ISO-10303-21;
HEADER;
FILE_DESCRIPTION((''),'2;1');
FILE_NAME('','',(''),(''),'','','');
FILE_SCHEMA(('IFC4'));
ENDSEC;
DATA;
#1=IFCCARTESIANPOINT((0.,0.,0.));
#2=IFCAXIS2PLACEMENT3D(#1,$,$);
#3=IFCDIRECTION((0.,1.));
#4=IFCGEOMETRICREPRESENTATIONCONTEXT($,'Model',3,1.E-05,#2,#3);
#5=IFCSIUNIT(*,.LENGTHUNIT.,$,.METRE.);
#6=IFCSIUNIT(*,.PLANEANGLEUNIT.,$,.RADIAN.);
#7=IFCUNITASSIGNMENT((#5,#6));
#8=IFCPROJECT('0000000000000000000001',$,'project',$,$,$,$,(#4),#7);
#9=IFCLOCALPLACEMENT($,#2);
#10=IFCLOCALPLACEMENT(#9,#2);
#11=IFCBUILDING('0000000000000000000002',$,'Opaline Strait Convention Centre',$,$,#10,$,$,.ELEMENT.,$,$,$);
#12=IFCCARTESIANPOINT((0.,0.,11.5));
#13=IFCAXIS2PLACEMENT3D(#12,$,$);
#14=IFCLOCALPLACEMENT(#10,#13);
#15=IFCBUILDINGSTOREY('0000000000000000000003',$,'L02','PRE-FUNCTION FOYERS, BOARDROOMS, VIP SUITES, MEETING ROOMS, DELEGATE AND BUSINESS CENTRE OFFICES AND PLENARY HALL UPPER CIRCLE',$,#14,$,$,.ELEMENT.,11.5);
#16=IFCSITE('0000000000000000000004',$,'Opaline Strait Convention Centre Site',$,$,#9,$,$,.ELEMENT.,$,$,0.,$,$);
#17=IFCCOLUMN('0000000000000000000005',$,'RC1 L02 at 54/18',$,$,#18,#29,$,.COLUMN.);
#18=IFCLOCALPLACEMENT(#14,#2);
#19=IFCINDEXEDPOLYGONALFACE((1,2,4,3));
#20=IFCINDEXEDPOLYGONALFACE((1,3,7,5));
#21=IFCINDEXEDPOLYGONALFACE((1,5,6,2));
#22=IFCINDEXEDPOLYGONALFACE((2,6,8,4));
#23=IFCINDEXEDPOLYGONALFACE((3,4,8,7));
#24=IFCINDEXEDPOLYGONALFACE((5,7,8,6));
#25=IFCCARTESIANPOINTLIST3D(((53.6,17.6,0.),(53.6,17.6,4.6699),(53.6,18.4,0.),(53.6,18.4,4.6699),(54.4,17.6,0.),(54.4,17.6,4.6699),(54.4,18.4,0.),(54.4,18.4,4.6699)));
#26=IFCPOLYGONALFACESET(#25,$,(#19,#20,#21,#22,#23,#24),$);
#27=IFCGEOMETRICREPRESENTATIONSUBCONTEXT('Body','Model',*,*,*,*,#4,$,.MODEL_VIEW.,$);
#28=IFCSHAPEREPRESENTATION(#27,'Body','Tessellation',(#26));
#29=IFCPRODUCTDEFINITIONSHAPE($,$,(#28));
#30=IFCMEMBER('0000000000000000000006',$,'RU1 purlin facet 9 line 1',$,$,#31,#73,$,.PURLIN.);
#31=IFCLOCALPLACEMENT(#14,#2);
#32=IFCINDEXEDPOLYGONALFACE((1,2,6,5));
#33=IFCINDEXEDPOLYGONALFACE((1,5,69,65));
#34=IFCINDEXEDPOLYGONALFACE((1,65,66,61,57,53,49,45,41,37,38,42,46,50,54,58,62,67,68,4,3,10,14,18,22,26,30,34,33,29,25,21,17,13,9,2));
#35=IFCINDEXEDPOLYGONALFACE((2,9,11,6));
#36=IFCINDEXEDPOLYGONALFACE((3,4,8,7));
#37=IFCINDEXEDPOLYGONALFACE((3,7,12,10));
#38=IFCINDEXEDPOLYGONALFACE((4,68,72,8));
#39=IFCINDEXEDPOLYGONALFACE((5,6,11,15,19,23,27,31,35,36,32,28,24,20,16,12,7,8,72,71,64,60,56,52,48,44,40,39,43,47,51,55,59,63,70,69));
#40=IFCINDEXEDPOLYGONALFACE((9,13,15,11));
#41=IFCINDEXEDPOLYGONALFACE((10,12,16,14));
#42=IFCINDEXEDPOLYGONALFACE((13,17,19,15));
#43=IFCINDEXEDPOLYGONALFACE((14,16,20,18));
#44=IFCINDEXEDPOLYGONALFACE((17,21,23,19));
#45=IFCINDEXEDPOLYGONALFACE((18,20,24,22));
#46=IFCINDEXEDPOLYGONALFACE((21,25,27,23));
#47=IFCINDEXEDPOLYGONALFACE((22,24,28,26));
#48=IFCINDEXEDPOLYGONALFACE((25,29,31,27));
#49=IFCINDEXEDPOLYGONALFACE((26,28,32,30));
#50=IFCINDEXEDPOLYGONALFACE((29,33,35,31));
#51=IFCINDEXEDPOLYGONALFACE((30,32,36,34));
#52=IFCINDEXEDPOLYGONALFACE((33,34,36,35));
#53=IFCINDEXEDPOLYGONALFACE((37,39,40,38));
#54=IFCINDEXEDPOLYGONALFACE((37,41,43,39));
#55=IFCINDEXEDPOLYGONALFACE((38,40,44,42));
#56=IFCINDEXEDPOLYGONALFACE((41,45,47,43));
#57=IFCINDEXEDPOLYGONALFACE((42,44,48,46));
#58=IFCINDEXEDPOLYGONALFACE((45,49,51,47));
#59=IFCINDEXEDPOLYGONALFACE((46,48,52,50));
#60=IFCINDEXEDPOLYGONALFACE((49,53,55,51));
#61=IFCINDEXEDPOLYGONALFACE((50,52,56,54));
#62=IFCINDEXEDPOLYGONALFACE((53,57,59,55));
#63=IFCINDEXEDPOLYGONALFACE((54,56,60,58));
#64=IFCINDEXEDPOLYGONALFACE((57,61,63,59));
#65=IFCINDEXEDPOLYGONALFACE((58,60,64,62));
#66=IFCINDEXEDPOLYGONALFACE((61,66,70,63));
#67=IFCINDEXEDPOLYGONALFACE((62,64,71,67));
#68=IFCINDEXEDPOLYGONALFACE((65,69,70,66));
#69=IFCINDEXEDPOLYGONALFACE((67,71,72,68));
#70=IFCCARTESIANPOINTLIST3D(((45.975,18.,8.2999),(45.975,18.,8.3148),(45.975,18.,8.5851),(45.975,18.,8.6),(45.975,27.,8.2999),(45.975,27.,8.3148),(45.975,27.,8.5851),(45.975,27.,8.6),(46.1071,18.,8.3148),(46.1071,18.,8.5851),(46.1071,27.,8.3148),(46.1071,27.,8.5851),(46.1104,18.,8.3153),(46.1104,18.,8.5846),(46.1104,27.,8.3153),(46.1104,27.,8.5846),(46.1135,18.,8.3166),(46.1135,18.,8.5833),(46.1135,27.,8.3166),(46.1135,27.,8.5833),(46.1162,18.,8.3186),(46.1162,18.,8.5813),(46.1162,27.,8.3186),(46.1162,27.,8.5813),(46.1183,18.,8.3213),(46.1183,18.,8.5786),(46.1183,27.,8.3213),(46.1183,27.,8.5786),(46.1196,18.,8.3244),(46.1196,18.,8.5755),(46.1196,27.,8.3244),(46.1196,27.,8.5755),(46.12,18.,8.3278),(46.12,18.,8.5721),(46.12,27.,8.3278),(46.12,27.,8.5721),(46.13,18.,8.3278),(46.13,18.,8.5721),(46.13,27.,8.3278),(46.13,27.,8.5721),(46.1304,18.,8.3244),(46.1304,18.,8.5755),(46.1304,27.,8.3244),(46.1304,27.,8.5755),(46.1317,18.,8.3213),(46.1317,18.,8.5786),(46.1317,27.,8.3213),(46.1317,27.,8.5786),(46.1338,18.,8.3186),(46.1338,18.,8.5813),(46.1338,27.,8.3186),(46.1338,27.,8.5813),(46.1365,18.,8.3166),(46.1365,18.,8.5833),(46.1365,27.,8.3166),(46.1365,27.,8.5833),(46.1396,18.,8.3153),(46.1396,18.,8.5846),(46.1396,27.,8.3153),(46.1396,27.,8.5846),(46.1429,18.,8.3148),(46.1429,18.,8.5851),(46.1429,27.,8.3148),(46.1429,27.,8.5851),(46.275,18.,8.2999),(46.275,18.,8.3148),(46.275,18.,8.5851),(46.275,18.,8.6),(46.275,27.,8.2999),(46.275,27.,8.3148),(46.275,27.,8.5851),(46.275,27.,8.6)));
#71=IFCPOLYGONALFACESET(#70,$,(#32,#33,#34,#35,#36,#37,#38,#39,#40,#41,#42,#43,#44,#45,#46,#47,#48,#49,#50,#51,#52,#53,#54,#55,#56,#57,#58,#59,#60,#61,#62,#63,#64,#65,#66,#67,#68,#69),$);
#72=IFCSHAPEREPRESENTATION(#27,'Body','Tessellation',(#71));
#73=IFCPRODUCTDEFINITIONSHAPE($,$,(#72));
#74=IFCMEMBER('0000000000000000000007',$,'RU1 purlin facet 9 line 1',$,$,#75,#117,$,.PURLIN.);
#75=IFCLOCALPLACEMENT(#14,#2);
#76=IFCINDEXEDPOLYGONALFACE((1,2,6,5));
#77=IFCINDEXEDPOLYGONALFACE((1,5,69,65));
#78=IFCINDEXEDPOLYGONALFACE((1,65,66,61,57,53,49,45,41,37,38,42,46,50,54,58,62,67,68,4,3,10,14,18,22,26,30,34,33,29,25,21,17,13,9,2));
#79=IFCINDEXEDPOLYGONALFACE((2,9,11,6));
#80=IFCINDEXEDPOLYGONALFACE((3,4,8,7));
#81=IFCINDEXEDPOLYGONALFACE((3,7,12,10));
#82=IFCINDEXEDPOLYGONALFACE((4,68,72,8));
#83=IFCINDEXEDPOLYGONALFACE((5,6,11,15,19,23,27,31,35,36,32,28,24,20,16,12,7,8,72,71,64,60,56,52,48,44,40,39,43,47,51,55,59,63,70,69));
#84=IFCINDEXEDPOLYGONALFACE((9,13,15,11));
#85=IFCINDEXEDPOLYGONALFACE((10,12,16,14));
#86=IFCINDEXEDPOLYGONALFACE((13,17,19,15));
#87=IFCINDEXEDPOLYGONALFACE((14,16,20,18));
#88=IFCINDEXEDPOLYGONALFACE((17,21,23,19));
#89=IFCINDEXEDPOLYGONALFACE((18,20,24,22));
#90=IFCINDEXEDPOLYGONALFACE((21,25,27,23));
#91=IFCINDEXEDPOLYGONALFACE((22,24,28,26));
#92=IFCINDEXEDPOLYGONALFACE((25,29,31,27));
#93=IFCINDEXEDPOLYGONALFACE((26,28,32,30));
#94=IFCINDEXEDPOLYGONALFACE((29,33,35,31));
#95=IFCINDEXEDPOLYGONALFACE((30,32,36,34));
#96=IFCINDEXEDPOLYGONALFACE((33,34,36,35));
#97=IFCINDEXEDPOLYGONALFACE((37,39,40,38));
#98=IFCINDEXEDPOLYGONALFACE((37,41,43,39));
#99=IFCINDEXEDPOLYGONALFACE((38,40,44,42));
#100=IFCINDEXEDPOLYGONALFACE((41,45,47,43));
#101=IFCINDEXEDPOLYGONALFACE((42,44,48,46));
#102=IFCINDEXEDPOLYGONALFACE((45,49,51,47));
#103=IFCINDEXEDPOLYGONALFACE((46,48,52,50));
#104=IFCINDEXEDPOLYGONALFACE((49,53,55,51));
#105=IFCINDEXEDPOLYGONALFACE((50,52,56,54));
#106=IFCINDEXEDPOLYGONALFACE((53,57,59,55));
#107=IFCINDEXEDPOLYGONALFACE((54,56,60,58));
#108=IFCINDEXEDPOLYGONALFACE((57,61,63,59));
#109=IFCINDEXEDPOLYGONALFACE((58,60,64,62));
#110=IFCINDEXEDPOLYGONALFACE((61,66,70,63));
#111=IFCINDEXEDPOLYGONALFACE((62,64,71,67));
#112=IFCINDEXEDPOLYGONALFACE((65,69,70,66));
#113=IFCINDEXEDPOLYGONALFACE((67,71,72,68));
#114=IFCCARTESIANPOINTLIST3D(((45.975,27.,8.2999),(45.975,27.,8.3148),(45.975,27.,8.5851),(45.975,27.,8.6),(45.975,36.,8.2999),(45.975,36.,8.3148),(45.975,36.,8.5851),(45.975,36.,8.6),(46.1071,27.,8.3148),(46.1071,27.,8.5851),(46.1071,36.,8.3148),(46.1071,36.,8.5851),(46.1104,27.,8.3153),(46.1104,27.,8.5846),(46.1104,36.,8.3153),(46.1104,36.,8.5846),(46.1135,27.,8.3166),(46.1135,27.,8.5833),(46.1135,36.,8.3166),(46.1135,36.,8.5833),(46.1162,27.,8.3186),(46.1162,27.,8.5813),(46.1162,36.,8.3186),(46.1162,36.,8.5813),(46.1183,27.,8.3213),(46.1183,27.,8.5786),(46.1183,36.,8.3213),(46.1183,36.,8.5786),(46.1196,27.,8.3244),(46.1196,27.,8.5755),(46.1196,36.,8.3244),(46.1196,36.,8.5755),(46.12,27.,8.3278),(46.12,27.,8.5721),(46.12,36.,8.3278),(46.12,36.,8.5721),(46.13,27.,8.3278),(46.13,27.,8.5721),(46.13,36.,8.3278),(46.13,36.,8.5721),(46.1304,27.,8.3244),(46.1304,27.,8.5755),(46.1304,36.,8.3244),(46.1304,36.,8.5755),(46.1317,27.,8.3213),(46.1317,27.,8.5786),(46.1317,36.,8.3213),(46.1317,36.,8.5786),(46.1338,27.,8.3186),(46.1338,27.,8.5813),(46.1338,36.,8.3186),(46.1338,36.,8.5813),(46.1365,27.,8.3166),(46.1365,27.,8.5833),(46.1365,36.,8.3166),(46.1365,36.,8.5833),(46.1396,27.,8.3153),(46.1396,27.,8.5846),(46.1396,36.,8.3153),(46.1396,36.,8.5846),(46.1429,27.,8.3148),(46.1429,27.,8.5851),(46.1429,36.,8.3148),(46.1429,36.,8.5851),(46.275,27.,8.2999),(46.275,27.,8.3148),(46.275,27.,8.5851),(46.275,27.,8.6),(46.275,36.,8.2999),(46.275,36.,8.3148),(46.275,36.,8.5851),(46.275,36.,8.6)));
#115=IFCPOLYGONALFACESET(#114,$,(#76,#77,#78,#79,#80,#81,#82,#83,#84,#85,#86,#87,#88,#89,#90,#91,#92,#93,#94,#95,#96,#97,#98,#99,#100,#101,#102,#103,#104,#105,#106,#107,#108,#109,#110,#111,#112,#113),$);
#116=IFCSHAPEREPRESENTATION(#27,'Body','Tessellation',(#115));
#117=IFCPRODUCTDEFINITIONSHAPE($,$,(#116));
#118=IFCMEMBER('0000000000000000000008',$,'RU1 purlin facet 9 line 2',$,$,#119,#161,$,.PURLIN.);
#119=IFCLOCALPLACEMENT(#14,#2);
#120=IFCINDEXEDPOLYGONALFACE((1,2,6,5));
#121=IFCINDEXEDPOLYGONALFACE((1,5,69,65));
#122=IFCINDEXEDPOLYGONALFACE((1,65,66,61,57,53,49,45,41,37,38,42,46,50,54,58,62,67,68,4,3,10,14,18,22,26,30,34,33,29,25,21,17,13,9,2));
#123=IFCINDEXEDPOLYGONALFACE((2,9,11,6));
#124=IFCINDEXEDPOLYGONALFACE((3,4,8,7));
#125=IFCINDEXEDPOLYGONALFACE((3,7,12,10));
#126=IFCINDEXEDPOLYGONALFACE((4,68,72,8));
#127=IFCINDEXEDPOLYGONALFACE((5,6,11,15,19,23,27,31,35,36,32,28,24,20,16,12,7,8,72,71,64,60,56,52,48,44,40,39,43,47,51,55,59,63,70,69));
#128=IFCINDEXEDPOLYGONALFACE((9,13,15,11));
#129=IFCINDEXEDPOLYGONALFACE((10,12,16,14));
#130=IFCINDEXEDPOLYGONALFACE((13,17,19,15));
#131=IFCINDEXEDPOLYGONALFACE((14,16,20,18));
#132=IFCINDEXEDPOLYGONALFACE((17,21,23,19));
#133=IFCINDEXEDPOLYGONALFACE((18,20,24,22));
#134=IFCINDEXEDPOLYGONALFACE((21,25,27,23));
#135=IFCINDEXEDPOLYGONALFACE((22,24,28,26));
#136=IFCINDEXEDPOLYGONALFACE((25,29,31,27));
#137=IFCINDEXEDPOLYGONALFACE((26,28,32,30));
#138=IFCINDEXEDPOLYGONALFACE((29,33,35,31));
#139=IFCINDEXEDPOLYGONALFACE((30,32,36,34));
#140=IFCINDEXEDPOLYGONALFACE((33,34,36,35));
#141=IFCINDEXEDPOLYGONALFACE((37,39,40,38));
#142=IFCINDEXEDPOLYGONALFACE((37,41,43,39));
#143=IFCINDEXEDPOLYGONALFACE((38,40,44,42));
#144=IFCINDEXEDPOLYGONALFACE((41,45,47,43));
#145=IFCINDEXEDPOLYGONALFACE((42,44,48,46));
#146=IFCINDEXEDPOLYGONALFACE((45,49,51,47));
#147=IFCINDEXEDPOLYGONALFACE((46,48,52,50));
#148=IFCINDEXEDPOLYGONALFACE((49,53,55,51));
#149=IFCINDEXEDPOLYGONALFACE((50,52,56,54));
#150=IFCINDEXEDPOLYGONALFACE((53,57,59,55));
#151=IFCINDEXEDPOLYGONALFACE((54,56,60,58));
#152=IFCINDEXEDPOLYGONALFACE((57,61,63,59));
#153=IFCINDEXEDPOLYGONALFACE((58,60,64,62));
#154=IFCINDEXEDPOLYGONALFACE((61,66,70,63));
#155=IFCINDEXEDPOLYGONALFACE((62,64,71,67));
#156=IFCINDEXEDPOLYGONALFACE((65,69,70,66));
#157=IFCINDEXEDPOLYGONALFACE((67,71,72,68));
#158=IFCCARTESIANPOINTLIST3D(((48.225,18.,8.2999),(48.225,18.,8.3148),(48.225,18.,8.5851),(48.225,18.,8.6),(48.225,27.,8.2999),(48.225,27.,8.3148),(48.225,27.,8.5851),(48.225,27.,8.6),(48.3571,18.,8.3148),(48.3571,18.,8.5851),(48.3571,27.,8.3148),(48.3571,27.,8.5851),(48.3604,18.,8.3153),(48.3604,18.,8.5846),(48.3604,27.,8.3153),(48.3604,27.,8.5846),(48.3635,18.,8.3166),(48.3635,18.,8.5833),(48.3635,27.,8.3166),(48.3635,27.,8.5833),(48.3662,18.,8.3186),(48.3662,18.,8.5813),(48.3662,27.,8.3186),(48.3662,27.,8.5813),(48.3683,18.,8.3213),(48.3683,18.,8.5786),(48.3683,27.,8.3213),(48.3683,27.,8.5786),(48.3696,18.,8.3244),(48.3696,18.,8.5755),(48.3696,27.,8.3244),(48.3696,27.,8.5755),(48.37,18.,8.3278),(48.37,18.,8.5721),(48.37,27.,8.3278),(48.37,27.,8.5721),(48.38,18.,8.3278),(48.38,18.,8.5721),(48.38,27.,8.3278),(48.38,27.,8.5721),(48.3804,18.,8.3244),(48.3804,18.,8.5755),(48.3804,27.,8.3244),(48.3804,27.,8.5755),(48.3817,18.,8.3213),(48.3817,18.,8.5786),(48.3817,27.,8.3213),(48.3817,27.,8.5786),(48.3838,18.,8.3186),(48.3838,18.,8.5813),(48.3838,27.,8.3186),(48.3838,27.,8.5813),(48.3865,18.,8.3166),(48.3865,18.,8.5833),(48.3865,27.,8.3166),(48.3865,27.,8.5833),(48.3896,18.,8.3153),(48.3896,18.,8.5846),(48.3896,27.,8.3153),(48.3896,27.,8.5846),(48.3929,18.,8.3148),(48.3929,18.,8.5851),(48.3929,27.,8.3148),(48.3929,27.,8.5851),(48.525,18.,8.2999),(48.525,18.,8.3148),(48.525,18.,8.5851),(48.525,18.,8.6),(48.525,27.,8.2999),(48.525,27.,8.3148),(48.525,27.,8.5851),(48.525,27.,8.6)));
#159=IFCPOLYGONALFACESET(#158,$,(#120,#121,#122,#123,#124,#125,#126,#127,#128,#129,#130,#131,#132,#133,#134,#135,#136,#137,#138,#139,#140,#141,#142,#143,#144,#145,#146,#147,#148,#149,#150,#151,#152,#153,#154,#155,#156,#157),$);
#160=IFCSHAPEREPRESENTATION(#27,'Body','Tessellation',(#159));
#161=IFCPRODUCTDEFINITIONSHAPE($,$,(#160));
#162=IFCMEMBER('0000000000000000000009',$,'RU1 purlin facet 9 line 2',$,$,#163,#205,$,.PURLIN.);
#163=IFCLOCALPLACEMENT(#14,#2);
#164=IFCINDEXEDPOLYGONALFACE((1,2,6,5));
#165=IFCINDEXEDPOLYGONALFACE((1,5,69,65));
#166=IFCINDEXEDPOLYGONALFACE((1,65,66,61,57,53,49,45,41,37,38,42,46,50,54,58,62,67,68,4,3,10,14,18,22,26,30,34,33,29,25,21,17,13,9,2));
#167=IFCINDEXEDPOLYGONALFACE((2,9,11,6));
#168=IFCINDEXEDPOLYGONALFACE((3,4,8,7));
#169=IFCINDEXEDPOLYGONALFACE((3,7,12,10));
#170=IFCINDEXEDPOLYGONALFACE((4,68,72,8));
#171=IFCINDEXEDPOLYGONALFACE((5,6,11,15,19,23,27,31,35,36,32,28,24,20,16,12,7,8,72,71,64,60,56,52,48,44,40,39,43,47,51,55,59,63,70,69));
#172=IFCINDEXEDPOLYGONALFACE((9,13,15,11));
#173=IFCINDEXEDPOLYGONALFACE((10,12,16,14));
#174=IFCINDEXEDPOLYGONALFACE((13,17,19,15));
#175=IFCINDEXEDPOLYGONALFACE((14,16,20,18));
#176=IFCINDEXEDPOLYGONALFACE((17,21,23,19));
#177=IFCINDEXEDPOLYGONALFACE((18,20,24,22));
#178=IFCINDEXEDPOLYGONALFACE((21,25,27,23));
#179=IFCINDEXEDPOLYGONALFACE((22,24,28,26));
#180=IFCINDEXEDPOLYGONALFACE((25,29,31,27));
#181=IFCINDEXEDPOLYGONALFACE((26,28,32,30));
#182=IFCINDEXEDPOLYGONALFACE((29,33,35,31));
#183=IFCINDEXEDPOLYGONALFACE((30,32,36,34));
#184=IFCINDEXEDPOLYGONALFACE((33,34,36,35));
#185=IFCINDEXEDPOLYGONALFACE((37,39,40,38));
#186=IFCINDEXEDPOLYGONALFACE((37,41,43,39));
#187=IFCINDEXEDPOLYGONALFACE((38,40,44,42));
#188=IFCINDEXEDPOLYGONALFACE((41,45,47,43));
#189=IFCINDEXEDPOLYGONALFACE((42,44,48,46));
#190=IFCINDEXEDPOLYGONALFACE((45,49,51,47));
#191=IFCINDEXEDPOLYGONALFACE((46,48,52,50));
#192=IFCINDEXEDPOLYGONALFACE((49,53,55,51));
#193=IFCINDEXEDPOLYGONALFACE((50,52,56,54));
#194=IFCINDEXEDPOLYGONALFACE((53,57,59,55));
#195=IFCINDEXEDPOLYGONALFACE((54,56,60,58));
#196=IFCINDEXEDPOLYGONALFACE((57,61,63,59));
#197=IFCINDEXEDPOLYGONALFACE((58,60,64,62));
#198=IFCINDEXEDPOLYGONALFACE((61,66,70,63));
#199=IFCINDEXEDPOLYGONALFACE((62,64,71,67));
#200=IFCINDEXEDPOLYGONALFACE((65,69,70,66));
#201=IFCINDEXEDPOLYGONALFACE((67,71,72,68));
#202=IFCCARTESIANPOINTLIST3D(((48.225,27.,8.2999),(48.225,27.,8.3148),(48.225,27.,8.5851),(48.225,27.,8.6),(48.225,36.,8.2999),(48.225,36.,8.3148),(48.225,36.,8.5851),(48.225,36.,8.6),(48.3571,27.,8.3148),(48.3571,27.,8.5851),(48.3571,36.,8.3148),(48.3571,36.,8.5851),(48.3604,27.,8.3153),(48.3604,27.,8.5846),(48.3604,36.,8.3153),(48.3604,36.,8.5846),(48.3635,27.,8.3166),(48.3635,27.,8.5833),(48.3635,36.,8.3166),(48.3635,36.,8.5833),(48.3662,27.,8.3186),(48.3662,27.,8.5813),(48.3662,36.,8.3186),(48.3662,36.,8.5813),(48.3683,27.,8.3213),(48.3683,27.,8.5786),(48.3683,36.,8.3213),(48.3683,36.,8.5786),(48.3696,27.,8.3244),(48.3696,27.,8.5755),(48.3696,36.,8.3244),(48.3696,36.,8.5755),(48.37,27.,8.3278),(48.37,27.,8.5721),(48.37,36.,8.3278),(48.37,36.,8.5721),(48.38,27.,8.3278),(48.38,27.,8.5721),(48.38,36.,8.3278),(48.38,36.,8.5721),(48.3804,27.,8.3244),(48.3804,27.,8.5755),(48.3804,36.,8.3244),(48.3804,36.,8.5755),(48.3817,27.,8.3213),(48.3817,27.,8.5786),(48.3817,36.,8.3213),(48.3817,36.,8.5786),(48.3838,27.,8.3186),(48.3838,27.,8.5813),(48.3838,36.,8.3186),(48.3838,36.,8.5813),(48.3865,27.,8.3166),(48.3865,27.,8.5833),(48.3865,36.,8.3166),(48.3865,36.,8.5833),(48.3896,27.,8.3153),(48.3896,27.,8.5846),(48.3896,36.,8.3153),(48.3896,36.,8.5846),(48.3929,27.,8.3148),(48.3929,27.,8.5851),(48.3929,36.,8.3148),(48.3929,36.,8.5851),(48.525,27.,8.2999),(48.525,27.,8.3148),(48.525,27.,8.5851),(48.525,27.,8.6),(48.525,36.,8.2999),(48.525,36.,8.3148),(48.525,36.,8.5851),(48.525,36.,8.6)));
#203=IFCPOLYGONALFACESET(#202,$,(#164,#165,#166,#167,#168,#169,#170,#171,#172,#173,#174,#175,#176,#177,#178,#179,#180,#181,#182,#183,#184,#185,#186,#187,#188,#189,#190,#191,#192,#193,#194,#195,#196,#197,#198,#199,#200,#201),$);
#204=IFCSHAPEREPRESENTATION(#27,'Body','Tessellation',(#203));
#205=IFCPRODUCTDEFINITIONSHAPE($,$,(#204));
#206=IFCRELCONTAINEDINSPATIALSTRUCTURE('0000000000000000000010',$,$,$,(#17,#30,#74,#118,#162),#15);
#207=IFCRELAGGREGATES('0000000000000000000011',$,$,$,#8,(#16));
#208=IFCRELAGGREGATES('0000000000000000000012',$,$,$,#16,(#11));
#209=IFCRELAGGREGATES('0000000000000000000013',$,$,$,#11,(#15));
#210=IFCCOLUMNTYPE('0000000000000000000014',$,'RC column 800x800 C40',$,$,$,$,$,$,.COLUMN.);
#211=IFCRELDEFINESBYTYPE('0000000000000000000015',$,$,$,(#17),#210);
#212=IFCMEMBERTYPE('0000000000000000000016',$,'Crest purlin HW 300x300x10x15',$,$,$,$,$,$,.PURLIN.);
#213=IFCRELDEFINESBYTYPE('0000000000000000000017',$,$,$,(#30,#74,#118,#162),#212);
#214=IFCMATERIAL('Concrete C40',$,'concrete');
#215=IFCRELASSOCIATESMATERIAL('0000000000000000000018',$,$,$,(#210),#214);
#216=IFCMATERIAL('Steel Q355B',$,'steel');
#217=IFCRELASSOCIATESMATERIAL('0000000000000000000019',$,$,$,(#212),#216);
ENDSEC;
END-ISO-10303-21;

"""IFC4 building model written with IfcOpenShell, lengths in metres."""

from ifc_helpers import new_model, si_unit, direction, frame, origin, origin_2d, place, context, subcontext, project, spatial, rectangle, i_section, extrude, material, material_profile, profile_set, type_object, element, save


model = new_model("IFC4")

# Units and contexts
model_context = context("Model", 3, precision=1e-05, world=origin(), true_north=direction((0.0, 1.0)))
body_context = subcontext(model_context, "Body", "Model", "MODEL_VIEW")
ifc_project = project(units=[si_unit("LENGTHUNIT", "METRE"), si_unit("PLANEANGLEUNIT", "RADIAN")], contexts=[model_context])

# Site, building, storey
site_placement = place(None, origin())
site = spatial("IfcSite", under=ifc_project, at=site_placement, Name="Opaline Strait Convention Centre Site", CompositionType="ELEMENT", RefElevation=0.0)
building_placement = place(site_placement, origin())
building = spatial("IfcBuilding", under=site, at=building_placement, Name="Opaline Strait Convention Centre", CompositionType="ELEMENT")
storey_placement = place(building_placement, frame((0.0, 0.0, 11.5)))
storey = spatial("IfcBuildingStorey", under=building, at=storey_placement, Name="L02", Description="PRE-FUNCTION FOYERS, BOARDROOMS, VIP SUITES, MEETING ROOMS, DELEGATE AND BUSINESS CENTRE OFFICES AND PLENARY HALL UPPER CIRCLE", CompositionType="ELEMENT", Elevation=11.5)

# Column
ifc_material_1 = material(Name="Concrete C40", Category="concrete")
ifc_material_profile_1 = material_profile(ifc_material_1, rectangle(XDim=0.8, YDim=0.8, at=origin_2d()), Name="RC 800x800")
ifc_profile_set_1 = profile_set([ifc_material_profile_1], Name="Concrete C40")
column_type = type_object("IfcColumnType", Name="RC column 800x800 C40", PredefinedType="COLUMN", material=ifc_profile_set_1)
column_placement = place(storey_placement, frame((54.0, 18.0, 0.0), z_axis=(0.0, 0.0, 1.0), x_axis=(1.0, 0.0, 0.0)))
element("IfcColumn", 1, at=column_placement, inside=storey, type_object=column_type, Name="RC1 L02 at 54/18", PredefinedType="COLUMN", context=body_context, shape_type="SweptSolid", body=[
    extrude(rectangle(XDim=0.8, YDim=0.8, at=origin_2d()), origin(), (0.0, 0.0, 1.0), 4.6699),
])

# Members
ifc_material_2 = material(Name="Steel Q355B", Category="steel")
ifc_material_profile_2 = material_profile(ifc_material_2, i_section(OverallWidth=0.3, OverallDepth=0.3, WebThickness=0.01, FlangeThickness=0.0149, FilletRadius=0.0129, at=origin_2d()), Name="HW 300x300x10x15")
ifc_profile_set_2 = profile_set([ifc_material_profile_2], Name="Steel Q355B")
member_type_1 = type_object("IfcMemberType", Name="Crest purlin HW 300x300x10x15", PredefinedType="PURLIN", material=ifc_profile_set_2)
for number, where, z_axis, x_axis, name in (
    (2, (46.125, 18.0, 8.45), (0.0, 1.0, 0.0), (-1.0, 0.0, 0.0), "RU1 purlin facet 9 line 1"),
    (3, (46.125, 27.0, 8.45), (0.0, 1.0, 0.0), (-1.0, 0.0, 0.0), "RU1 purlin facet 9 line 1"),
    (4, (48.375, 18.0, 8.45), (0.0, 1.0, 0.0), (-1.0, 0.0, 0.0), "RU1 purlin facet 9 line 2"),
    (5, (48.375, 27.0, 8.45), (0.0, 1.0, 0.0), (-1.0, 0.0, 0.0), "RU1 purlin facet 9 line 2"),
):
    element("IfcMember", number, at=place(storey_placement, frame(where, z_axis=z_axis, x_axis=x_axis)), inside=storey, type_object=member_type_1, Name=name, PredefinedType="PURLIN", context=body_context, shape_type="SweptSolid", body=[
        extrude(i_section(OverallWidth=0.3, OverallDepth=0.3, WebThickness=0.01, FlangeThickness=0.0149, FilletRadius=0.0129, at=origin_2d()), origin(), (0.0, 0.0, 1.0), 9.0),
    ])

save(model, "model.ifc")
